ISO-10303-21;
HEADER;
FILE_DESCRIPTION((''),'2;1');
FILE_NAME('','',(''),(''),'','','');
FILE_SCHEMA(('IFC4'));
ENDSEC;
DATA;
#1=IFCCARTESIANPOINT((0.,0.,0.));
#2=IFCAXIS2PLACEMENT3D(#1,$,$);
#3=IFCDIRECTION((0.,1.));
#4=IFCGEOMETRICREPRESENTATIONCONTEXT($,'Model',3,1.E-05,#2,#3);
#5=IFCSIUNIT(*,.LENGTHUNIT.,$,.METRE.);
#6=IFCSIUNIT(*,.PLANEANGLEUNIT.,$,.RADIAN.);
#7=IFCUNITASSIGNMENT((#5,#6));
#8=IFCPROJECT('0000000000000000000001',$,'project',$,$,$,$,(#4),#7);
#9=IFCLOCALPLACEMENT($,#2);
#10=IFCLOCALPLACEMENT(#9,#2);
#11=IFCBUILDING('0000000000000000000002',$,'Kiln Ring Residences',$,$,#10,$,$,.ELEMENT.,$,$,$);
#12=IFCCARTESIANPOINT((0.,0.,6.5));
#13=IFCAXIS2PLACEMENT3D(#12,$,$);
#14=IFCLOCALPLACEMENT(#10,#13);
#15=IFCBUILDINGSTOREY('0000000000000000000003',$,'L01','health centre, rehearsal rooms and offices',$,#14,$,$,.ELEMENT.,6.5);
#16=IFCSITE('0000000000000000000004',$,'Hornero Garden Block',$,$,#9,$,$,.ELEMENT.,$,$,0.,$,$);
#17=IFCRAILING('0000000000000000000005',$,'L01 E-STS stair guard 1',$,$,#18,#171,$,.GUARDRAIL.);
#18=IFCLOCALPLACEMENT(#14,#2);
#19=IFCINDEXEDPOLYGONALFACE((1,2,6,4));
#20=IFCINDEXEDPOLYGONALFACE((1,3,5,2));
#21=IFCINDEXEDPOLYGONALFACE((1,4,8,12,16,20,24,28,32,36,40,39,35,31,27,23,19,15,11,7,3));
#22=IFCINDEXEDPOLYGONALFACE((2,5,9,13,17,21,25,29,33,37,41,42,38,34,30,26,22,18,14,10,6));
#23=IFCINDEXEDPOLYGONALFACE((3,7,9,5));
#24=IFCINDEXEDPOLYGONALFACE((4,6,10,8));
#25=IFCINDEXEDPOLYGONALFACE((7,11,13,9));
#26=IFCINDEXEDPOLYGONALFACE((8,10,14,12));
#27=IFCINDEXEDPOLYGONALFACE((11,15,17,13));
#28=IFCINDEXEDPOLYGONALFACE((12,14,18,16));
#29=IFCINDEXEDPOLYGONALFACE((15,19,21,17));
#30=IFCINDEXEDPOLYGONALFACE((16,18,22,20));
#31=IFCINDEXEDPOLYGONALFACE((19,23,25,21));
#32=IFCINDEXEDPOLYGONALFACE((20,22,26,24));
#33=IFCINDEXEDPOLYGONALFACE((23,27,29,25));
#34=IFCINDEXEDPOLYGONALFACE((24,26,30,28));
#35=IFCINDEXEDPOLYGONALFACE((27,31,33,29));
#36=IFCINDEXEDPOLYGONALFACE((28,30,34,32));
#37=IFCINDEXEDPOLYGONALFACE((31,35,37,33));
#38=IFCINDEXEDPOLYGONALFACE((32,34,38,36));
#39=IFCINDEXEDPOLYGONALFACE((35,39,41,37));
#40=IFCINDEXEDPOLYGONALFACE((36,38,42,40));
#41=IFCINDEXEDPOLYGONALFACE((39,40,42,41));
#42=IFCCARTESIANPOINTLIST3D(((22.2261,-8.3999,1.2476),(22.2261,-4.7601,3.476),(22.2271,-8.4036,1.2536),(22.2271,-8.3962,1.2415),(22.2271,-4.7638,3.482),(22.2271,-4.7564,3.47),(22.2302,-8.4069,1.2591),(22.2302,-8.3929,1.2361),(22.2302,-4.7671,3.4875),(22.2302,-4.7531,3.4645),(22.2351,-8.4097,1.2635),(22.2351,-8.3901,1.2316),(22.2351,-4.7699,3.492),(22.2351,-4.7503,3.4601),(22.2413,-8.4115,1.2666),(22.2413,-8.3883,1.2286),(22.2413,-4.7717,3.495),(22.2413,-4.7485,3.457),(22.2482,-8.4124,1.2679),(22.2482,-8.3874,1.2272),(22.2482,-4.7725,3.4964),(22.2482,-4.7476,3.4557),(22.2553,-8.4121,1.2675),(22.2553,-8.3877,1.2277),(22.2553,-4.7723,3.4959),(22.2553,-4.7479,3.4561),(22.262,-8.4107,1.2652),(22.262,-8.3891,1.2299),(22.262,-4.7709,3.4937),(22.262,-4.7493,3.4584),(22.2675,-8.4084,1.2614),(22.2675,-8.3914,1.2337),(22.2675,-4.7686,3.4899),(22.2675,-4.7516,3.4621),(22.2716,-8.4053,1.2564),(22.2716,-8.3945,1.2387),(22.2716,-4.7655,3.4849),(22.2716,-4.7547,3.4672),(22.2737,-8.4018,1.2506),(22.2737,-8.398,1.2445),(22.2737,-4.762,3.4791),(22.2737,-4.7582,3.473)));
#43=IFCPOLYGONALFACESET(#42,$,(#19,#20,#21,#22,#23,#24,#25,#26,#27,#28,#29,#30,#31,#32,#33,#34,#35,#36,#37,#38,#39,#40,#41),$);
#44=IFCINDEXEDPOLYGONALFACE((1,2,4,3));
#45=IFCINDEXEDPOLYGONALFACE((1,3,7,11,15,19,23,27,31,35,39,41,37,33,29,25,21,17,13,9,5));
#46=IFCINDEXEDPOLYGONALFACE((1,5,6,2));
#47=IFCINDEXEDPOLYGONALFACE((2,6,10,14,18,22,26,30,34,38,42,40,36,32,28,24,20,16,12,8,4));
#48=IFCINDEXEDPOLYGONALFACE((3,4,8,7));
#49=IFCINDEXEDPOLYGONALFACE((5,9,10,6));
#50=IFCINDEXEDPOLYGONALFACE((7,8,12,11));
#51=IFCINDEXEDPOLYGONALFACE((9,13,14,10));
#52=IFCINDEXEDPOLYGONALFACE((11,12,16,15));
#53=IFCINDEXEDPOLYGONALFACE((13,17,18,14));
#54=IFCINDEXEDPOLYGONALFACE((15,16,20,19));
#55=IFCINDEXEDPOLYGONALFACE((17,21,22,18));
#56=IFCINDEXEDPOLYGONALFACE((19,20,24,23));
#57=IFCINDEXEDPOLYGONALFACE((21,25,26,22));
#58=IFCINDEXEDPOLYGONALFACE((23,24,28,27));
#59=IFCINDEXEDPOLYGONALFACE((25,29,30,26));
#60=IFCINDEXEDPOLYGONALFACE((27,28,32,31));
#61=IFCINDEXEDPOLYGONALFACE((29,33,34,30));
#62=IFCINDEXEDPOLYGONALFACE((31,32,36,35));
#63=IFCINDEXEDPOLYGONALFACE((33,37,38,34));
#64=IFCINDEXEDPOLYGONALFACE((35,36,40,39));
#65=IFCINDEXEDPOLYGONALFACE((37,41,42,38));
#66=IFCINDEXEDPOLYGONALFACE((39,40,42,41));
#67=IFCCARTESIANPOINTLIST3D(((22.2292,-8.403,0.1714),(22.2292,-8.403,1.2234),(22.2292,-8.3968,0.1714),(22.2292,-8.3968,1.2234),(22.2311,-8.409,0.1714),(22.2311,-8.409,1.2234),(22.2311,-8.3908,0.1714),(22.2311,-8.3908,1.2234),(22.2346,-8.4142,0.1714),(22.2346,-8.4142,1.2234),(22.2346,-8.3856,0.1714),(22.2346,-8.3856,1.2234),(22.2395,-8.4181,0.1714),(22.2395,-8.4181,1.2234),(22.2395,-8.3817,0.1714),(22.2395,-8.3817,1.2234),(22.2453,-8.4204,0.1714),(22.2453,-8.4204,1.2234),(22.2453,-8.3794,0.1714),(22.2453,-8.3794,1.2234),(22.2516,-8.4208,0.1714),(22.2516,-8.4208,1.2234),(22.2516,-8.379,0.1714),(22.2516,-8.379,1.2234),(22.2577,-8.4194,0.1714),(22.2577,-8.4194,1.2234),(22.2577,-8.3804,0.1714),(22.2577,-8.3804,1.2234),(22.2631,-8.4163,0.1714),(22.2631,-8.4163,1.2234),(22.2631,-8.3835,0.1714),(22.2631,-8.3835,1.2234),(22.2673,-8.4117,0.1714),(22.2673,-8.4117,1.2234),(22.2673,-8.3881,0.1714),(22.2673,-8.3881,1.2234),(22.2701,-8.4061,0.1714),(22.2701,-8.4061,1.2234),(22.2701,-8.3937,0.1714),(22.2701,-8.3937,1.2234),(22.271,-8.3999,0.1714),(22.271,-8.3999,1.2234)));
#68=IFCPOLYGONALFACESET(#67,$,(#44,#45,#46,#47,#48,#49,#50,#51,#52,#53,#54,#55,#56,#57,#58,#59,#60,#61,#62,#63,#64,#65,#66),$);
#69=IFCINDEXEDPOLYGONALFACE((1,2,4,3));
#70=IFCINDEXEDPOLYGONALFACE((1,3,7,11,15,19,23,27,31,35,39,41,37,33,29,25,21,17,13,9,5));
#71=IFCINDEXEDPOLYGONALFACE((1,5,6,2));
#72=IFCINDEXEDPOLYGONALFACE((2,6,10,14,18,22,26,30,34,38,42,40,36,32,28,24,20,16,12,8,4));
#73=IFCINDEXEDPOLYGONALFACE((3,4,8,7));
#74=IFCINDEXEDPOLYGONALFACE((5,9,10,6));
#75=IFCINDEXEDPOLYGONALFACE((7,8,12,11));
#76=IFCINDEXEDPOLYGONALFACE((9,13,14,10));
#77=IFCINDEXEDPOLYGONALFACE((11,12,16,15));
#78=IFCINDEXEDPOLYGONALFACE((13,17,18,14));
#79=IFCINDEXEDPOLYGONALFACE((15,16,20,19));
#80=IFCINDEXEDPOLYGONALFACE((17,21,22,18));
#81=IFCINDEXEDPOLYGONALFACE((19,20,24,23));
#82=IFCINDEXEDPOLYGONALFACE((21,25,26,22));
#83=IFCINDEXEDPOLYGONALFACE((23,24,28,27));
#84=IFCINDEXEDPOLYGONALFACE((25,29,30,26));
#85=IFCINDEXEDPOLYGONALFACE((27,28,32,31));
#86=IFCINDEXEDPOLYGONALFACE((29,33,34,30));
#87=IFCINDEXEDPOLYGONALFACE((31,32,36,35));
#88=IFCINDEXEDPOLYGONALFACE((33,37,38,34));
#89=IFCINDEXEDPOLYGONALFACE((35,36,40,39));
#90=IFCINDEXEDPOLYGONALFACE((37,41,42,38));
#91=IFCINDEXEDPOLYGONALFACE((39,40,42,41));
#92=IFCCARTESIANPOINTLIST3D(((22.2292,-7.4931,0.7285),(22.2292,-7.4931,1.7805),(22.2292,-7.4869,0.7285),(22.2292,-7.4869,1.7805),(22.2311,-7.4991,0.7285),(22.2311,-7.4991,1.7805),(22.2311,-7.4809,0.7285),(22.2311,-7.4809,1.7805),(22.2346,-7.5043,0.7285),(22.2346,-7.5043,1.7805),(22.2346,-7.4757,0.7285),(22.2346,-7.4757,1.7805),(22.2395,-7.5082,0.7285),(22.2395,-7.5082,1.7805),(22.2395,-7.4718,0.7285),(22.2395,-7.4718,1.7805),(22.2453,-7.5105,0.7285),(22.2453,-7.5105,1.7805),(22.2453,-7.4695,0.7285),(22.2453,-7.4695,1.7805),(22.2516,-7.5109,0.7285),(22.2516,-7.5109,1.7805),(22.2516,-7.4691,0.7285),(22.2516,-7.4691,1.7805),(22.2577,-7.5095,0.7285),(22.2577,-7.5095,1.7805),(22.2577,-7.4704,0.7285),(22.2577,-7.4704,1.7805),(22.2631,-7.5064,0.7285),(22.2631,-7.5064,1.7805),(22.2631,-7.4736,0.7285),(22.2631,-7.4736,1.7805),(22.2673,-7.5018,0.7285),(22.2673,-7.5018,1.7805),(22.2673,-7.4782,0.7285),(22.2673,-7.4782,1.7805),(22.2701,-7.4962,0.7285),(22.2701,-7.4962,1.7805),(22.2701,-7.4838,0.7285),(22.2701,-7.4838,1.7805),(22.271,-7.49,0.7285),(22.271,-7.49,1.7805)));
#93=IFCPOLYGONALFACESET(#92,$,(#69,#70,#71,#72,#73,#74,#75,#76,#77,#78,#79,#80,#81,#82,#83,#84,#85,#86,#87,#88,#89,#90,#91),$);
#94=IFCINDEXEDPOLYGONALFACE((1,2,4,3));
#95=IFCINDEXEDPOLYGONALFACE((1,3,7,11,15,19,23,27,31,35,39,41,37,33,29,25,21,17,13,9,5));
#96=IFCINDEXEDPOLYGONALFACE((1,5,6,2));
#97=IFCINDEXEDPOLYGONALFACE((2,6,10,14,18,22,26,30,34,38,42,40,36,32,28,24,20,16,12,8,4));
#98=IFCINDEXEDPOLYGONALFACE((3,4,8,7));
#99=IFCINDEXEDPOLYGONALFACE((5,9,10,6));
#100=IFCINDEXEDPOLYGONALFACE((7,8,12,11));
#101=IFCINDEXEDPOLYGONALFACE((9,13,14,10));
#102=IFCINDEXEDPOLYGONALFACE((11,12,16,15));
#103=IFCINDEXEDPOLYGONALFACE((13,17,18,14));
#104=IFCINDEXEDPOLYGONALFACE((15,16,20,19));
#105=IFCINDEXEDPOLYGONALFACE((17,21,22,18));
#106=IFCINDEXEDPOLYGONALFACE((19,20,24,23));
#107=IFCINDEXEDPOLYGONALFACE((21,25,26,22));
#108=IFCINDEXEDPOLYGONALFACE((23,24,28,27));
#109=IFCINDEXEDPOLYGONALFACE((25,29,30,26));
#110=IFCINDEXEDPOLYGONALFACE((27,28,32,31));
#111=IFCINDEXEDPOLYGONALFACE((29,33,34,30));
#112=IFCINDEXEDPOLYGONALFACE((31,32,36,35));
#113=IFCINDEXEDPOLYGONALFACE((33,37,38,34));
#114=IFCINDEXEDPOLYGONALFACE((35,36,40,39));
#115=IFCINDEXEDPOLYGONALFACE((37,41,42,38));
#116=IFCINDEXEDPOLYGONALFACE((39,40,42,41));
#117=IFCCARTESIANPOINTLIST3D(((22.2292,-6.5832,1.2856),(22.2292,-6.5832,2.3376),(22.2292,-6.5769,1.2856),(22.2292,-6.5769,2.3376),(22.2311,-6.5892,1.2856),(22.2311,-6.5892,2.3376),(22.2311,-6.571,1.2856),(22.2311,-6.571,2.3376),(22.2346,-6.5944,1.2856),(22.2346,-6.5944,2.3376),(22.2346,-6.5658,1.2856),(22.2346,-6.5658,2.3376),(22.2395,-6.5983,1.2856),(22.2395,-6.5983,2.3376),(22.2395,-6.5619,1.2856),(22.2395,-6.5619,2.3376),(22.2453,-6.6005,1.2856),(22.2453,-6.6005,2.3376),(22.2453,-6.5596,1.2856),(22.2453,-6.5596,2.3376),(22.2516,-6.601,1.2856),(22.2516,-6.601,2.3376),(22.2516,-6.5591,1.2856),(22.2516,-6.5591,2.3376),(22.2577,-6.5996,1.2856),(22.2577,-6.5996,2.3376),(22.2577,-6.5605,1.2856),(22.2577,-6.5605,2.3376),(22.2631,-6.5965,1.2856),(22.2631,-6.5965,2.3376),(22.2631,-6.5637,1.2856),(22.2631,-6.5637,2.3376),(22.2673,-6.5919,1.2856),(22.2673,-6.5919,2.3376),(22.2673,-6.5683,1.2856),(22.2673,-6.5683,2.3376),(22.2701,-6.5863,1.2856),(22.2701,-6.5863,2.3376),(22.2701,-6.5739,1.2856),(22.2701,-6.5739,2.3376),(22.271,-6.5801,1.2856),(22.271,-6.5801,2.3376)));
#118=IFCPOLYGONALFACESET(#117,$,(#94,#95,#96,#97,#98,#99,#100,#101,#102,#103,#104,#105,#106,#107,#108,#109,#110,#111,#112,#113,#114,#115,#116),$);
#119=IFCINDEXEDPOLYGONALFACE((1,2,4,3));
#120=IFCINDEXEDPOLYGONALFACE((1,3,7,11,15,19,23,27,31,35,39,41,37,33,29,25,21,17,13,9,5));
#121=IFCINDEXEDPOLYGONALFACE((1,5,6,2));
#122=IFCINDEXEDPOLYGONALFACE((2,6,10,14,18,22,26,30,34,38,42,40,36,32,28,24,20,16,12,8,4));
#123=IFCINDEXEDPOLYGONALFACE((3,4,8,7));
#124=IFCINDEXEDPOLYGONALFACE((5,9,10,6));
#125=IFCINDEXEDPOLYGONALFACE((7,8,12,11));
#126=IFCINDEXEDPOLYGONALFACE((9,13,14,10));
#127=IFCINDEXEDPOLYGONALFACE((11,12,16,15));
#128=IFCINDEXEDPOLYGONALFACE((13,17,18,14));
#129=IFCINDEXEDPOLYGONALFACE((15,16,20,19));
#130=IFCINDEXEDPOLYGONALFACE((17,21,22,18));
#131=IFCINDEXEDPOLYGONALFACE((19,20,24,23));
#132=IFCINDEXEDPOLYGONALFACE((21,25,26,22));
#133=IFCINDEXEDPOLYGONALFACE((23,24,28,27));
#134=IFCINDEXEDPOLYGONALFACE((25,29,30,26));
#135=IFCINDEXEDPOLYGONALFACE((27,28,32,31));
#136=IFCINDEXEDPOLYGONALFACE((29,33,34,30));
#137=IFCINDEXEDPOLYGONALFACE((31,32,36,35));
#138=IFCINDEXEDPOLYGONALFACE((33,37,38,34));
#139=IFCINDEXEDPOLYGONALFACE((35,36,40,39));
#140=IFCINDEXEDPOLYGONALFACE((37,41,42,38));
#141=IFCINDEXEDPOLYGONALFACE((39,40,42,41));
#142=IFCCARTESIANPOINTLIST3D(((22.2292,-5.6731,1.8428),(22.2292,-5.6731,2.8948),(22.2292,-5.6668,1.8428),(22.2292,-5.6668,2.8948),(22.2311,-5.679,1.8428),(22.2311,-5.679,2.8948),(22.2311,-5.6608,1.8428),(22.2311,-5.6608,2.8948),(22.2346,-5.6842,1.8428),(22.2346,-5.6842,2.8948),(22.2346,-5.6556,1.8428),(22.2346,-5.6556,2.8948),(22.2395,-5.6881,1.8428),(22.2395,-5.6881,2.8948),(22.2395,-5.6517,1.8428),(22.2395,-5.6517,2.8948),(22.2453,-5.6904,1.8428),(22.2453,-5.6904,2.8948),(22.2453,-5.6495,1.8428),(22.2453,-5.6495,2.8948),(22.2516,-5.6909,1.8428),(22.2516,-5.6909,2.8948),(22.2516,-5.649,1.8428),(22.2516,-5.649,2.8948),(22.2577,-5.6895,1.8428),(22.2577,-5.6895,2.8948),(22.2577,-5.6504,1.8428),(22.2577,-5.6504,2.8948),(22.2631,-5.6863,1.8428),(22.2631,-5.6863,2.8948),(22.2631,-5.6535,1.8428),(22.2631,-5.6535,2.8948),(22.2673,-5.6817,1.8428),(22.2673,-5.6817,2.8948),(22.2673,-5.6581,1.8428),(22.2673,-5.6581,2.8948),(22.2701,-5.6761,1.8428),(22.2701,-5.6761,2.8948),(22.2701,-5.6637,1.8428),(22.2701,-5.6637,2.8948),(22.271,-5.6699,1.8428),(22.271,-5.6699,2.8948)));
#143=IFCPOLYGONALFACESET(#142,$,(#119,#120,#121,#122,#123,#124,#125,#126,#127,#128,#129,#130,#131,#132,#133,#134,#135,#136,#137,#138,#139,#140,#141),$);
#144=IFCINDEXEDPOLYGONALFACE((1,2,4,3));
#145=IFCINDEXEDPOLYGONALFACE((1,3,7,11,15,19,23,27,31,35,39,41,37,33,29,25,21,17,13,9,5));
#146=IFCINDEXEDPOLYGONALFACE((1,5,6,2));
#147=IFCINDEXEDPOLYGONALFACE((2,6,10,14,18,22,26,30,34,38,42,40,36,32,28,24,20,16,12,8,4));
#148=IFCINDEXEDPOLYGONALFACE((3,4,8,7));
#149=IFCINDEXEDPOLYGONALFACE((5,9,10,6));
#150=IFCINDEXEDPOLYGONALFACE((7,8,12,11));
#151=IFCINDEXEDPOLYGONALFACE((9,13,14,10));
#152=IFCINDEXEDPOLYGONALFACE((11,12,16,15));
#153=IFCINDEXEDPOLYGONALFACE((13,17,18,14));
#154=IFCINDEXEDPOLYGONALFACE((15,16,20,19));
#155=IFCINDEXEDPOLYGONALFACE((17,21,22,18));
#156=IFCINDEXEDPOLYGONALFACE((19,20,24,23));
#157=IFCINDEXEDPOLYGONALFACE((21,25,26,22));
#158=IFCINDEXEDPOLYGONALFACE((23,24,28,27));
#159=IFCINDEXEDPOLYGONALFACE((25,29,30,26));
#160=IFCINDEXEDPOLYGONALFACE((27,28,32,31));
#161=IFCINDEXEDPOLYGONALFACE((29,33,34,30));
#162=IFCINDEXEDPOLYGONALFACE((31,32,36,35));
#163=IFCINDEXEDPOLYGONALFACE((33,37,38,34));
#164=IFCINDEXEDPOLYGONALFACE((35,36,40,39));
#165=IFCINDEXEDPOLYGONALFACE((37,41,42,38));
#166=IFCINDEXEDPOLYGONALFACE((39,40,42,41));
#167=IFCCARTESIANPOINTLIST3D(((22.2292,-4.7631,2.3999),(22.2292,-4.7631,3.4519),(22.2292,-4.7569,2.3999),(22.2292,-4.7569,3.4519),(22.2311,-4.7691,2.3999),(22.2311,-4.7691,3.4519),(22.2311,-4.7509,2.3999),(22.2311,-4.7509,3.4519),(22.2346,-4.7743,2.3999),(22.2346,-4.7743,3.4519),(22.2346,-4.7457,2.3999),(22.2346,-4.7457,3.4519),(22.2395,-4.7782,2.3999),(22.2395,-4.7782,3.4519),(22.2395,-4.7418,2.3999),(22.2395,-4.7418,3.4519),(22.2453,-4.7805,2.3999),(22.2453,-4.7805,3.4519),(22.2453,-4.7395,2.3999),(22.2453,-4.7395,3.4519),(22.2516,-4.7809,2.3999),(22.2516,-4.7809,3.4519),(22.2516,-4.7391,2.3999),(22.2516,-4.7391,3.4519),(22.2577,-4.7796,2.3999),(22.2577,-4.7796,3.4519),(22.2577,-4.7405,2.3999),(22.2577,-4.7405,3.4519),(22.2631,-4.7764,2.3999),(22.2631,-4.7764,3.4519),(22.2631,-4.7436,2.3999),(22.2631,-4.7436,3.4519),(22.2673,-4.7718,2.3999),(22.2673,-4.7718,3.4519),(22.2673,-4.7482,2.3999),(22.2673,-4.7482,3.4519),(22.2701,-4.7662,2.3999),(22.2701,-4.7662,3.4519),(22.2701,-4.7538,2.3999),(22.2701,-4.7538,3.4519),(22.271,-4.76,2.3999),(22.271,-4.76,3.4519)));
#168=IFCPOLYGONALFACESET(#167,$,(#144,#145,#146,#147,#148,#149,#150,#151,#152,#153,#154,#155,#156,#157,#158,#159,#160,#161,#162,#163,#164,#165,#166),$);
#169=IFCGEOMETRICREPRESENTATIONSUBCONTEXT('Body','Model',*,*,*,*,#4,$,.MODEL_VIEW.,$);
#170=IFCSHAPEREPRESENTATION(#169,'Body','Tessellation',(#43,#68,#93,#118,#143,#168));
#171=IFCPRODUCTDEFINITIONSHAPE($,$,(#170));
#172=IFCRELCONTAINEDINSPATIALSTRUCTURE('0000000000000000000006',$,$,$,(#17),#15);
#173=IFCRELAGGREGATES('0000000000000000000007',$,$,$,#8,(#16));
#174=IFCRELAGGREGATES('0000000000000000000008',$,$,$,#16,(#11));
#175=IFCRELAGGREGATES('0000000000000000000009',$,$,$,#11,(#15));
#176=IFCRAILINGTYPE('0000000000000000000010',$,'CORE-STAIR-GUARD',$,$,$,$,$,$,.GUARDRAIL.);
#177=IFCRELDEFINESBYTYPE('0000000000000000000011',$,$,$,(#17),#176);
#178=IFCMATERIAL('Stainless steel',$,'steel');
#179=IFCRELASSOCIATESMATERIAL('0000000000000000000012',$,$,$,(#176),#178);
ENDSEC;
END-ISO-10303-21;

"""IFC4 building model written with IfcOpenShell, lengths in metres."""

from ifc_helpers import new_model, si_unit, direction, frame, origin, origin_2d, place, context, subcontext, project, spatial, circle, extrude, material, type_object, element, save


model = new_model("IFC4")

# Units and contexts
model_context = context("Model", 3, precision=1e-05, world=origin(), true_north=direction((0.0, 1.0)))
body_context = subcontext(model_context, "Body", "Model", "MODEL_VIEW")
ifc_project = project(units=[si_unit("LENGTHUNIT", "METRE"), si_unit("PLANEANGLEUNIT", "RADIAN")], contexts=[model_context])

# Site, building, storey
site_placement = place(None, origin())
site = spatial("IfcSite", under=ifc_project, at=site_placement, Name="Hornero Garden Block", CompositionType="ELEMENT", RefElevation=0.0)
building_placement = place(site_placement, origin())
building = spatial("IfcBuilding", under=site, at=building_placement, Name="Kiln Ring Residences", CompositionType="ELEMENT")
storey_placement = place(building_placement, frame((0.0, 0.0, 6.5)))
storey = spatial("IfcBuildingStorey", under=building, at=storey_placement, Name="L01", Description="health centre, rehearsal rooms and offices", CompositionType="ELEMENT", Elevation=6.5)

# Railing
ifc_material_1 = material(Name="Stainless steel", Category="steel")
railing_type_1 = type_object("IfcRailingType", Name="CORE-STAIR-GUARD", PredefinedType="GUARDRAIL", material=ifc_material_1)
railing_1_placement = place(storey_placement, frame((22.25, -8.3999, 0.1714)))
element("IfcRailing", 1, at=railing_1_placement, inside=storey, type_object=railing_type_1, Name="L01 E-STS stair guard 1", PredefinedType="GUARDRAIL", context=body_context, shape_type="SweptSolid", body=[
    extrude(circle(Radius=0.0239, at=origin_2d()), frame((0.0, 0.0, 1.0762), z_axis=(0.0, 0.85285, 0.522156), x_axis=(-1.0, 0.0, 0.0)), (0.0, 0.0, 1.0), 4.2678),
    extrude(circle(Radius=0.021, at=origin_2d()), origin(), (0.0, 0.0, 1.0), 1.052),
    extrude(circle(Radius=0.021, at=origin_2d()), frame((0.0, 0.9099, 0.5571)), (0.0, 0.0, 1.0), 1.052),
    extrude(circle(Radius=0.021, at=origin_2d()), frame((0.0, 1.8198, 1.1143)), (0.0, 0.0, 1.0), 1.052),
    extrude(circle(Radius=0.021, at=origin_2d()), frame((0.0, 2.73, 1.6714)), (0.0, 0.0, 1.0), 1.052),
    extrude(circle(Radius=0.021, at=origin_2d()), frame((0.0, 3.6399, 2.2285)), (0.0, 0.0, 1.0), 1.052),
])

save(model, "model.ifc")
